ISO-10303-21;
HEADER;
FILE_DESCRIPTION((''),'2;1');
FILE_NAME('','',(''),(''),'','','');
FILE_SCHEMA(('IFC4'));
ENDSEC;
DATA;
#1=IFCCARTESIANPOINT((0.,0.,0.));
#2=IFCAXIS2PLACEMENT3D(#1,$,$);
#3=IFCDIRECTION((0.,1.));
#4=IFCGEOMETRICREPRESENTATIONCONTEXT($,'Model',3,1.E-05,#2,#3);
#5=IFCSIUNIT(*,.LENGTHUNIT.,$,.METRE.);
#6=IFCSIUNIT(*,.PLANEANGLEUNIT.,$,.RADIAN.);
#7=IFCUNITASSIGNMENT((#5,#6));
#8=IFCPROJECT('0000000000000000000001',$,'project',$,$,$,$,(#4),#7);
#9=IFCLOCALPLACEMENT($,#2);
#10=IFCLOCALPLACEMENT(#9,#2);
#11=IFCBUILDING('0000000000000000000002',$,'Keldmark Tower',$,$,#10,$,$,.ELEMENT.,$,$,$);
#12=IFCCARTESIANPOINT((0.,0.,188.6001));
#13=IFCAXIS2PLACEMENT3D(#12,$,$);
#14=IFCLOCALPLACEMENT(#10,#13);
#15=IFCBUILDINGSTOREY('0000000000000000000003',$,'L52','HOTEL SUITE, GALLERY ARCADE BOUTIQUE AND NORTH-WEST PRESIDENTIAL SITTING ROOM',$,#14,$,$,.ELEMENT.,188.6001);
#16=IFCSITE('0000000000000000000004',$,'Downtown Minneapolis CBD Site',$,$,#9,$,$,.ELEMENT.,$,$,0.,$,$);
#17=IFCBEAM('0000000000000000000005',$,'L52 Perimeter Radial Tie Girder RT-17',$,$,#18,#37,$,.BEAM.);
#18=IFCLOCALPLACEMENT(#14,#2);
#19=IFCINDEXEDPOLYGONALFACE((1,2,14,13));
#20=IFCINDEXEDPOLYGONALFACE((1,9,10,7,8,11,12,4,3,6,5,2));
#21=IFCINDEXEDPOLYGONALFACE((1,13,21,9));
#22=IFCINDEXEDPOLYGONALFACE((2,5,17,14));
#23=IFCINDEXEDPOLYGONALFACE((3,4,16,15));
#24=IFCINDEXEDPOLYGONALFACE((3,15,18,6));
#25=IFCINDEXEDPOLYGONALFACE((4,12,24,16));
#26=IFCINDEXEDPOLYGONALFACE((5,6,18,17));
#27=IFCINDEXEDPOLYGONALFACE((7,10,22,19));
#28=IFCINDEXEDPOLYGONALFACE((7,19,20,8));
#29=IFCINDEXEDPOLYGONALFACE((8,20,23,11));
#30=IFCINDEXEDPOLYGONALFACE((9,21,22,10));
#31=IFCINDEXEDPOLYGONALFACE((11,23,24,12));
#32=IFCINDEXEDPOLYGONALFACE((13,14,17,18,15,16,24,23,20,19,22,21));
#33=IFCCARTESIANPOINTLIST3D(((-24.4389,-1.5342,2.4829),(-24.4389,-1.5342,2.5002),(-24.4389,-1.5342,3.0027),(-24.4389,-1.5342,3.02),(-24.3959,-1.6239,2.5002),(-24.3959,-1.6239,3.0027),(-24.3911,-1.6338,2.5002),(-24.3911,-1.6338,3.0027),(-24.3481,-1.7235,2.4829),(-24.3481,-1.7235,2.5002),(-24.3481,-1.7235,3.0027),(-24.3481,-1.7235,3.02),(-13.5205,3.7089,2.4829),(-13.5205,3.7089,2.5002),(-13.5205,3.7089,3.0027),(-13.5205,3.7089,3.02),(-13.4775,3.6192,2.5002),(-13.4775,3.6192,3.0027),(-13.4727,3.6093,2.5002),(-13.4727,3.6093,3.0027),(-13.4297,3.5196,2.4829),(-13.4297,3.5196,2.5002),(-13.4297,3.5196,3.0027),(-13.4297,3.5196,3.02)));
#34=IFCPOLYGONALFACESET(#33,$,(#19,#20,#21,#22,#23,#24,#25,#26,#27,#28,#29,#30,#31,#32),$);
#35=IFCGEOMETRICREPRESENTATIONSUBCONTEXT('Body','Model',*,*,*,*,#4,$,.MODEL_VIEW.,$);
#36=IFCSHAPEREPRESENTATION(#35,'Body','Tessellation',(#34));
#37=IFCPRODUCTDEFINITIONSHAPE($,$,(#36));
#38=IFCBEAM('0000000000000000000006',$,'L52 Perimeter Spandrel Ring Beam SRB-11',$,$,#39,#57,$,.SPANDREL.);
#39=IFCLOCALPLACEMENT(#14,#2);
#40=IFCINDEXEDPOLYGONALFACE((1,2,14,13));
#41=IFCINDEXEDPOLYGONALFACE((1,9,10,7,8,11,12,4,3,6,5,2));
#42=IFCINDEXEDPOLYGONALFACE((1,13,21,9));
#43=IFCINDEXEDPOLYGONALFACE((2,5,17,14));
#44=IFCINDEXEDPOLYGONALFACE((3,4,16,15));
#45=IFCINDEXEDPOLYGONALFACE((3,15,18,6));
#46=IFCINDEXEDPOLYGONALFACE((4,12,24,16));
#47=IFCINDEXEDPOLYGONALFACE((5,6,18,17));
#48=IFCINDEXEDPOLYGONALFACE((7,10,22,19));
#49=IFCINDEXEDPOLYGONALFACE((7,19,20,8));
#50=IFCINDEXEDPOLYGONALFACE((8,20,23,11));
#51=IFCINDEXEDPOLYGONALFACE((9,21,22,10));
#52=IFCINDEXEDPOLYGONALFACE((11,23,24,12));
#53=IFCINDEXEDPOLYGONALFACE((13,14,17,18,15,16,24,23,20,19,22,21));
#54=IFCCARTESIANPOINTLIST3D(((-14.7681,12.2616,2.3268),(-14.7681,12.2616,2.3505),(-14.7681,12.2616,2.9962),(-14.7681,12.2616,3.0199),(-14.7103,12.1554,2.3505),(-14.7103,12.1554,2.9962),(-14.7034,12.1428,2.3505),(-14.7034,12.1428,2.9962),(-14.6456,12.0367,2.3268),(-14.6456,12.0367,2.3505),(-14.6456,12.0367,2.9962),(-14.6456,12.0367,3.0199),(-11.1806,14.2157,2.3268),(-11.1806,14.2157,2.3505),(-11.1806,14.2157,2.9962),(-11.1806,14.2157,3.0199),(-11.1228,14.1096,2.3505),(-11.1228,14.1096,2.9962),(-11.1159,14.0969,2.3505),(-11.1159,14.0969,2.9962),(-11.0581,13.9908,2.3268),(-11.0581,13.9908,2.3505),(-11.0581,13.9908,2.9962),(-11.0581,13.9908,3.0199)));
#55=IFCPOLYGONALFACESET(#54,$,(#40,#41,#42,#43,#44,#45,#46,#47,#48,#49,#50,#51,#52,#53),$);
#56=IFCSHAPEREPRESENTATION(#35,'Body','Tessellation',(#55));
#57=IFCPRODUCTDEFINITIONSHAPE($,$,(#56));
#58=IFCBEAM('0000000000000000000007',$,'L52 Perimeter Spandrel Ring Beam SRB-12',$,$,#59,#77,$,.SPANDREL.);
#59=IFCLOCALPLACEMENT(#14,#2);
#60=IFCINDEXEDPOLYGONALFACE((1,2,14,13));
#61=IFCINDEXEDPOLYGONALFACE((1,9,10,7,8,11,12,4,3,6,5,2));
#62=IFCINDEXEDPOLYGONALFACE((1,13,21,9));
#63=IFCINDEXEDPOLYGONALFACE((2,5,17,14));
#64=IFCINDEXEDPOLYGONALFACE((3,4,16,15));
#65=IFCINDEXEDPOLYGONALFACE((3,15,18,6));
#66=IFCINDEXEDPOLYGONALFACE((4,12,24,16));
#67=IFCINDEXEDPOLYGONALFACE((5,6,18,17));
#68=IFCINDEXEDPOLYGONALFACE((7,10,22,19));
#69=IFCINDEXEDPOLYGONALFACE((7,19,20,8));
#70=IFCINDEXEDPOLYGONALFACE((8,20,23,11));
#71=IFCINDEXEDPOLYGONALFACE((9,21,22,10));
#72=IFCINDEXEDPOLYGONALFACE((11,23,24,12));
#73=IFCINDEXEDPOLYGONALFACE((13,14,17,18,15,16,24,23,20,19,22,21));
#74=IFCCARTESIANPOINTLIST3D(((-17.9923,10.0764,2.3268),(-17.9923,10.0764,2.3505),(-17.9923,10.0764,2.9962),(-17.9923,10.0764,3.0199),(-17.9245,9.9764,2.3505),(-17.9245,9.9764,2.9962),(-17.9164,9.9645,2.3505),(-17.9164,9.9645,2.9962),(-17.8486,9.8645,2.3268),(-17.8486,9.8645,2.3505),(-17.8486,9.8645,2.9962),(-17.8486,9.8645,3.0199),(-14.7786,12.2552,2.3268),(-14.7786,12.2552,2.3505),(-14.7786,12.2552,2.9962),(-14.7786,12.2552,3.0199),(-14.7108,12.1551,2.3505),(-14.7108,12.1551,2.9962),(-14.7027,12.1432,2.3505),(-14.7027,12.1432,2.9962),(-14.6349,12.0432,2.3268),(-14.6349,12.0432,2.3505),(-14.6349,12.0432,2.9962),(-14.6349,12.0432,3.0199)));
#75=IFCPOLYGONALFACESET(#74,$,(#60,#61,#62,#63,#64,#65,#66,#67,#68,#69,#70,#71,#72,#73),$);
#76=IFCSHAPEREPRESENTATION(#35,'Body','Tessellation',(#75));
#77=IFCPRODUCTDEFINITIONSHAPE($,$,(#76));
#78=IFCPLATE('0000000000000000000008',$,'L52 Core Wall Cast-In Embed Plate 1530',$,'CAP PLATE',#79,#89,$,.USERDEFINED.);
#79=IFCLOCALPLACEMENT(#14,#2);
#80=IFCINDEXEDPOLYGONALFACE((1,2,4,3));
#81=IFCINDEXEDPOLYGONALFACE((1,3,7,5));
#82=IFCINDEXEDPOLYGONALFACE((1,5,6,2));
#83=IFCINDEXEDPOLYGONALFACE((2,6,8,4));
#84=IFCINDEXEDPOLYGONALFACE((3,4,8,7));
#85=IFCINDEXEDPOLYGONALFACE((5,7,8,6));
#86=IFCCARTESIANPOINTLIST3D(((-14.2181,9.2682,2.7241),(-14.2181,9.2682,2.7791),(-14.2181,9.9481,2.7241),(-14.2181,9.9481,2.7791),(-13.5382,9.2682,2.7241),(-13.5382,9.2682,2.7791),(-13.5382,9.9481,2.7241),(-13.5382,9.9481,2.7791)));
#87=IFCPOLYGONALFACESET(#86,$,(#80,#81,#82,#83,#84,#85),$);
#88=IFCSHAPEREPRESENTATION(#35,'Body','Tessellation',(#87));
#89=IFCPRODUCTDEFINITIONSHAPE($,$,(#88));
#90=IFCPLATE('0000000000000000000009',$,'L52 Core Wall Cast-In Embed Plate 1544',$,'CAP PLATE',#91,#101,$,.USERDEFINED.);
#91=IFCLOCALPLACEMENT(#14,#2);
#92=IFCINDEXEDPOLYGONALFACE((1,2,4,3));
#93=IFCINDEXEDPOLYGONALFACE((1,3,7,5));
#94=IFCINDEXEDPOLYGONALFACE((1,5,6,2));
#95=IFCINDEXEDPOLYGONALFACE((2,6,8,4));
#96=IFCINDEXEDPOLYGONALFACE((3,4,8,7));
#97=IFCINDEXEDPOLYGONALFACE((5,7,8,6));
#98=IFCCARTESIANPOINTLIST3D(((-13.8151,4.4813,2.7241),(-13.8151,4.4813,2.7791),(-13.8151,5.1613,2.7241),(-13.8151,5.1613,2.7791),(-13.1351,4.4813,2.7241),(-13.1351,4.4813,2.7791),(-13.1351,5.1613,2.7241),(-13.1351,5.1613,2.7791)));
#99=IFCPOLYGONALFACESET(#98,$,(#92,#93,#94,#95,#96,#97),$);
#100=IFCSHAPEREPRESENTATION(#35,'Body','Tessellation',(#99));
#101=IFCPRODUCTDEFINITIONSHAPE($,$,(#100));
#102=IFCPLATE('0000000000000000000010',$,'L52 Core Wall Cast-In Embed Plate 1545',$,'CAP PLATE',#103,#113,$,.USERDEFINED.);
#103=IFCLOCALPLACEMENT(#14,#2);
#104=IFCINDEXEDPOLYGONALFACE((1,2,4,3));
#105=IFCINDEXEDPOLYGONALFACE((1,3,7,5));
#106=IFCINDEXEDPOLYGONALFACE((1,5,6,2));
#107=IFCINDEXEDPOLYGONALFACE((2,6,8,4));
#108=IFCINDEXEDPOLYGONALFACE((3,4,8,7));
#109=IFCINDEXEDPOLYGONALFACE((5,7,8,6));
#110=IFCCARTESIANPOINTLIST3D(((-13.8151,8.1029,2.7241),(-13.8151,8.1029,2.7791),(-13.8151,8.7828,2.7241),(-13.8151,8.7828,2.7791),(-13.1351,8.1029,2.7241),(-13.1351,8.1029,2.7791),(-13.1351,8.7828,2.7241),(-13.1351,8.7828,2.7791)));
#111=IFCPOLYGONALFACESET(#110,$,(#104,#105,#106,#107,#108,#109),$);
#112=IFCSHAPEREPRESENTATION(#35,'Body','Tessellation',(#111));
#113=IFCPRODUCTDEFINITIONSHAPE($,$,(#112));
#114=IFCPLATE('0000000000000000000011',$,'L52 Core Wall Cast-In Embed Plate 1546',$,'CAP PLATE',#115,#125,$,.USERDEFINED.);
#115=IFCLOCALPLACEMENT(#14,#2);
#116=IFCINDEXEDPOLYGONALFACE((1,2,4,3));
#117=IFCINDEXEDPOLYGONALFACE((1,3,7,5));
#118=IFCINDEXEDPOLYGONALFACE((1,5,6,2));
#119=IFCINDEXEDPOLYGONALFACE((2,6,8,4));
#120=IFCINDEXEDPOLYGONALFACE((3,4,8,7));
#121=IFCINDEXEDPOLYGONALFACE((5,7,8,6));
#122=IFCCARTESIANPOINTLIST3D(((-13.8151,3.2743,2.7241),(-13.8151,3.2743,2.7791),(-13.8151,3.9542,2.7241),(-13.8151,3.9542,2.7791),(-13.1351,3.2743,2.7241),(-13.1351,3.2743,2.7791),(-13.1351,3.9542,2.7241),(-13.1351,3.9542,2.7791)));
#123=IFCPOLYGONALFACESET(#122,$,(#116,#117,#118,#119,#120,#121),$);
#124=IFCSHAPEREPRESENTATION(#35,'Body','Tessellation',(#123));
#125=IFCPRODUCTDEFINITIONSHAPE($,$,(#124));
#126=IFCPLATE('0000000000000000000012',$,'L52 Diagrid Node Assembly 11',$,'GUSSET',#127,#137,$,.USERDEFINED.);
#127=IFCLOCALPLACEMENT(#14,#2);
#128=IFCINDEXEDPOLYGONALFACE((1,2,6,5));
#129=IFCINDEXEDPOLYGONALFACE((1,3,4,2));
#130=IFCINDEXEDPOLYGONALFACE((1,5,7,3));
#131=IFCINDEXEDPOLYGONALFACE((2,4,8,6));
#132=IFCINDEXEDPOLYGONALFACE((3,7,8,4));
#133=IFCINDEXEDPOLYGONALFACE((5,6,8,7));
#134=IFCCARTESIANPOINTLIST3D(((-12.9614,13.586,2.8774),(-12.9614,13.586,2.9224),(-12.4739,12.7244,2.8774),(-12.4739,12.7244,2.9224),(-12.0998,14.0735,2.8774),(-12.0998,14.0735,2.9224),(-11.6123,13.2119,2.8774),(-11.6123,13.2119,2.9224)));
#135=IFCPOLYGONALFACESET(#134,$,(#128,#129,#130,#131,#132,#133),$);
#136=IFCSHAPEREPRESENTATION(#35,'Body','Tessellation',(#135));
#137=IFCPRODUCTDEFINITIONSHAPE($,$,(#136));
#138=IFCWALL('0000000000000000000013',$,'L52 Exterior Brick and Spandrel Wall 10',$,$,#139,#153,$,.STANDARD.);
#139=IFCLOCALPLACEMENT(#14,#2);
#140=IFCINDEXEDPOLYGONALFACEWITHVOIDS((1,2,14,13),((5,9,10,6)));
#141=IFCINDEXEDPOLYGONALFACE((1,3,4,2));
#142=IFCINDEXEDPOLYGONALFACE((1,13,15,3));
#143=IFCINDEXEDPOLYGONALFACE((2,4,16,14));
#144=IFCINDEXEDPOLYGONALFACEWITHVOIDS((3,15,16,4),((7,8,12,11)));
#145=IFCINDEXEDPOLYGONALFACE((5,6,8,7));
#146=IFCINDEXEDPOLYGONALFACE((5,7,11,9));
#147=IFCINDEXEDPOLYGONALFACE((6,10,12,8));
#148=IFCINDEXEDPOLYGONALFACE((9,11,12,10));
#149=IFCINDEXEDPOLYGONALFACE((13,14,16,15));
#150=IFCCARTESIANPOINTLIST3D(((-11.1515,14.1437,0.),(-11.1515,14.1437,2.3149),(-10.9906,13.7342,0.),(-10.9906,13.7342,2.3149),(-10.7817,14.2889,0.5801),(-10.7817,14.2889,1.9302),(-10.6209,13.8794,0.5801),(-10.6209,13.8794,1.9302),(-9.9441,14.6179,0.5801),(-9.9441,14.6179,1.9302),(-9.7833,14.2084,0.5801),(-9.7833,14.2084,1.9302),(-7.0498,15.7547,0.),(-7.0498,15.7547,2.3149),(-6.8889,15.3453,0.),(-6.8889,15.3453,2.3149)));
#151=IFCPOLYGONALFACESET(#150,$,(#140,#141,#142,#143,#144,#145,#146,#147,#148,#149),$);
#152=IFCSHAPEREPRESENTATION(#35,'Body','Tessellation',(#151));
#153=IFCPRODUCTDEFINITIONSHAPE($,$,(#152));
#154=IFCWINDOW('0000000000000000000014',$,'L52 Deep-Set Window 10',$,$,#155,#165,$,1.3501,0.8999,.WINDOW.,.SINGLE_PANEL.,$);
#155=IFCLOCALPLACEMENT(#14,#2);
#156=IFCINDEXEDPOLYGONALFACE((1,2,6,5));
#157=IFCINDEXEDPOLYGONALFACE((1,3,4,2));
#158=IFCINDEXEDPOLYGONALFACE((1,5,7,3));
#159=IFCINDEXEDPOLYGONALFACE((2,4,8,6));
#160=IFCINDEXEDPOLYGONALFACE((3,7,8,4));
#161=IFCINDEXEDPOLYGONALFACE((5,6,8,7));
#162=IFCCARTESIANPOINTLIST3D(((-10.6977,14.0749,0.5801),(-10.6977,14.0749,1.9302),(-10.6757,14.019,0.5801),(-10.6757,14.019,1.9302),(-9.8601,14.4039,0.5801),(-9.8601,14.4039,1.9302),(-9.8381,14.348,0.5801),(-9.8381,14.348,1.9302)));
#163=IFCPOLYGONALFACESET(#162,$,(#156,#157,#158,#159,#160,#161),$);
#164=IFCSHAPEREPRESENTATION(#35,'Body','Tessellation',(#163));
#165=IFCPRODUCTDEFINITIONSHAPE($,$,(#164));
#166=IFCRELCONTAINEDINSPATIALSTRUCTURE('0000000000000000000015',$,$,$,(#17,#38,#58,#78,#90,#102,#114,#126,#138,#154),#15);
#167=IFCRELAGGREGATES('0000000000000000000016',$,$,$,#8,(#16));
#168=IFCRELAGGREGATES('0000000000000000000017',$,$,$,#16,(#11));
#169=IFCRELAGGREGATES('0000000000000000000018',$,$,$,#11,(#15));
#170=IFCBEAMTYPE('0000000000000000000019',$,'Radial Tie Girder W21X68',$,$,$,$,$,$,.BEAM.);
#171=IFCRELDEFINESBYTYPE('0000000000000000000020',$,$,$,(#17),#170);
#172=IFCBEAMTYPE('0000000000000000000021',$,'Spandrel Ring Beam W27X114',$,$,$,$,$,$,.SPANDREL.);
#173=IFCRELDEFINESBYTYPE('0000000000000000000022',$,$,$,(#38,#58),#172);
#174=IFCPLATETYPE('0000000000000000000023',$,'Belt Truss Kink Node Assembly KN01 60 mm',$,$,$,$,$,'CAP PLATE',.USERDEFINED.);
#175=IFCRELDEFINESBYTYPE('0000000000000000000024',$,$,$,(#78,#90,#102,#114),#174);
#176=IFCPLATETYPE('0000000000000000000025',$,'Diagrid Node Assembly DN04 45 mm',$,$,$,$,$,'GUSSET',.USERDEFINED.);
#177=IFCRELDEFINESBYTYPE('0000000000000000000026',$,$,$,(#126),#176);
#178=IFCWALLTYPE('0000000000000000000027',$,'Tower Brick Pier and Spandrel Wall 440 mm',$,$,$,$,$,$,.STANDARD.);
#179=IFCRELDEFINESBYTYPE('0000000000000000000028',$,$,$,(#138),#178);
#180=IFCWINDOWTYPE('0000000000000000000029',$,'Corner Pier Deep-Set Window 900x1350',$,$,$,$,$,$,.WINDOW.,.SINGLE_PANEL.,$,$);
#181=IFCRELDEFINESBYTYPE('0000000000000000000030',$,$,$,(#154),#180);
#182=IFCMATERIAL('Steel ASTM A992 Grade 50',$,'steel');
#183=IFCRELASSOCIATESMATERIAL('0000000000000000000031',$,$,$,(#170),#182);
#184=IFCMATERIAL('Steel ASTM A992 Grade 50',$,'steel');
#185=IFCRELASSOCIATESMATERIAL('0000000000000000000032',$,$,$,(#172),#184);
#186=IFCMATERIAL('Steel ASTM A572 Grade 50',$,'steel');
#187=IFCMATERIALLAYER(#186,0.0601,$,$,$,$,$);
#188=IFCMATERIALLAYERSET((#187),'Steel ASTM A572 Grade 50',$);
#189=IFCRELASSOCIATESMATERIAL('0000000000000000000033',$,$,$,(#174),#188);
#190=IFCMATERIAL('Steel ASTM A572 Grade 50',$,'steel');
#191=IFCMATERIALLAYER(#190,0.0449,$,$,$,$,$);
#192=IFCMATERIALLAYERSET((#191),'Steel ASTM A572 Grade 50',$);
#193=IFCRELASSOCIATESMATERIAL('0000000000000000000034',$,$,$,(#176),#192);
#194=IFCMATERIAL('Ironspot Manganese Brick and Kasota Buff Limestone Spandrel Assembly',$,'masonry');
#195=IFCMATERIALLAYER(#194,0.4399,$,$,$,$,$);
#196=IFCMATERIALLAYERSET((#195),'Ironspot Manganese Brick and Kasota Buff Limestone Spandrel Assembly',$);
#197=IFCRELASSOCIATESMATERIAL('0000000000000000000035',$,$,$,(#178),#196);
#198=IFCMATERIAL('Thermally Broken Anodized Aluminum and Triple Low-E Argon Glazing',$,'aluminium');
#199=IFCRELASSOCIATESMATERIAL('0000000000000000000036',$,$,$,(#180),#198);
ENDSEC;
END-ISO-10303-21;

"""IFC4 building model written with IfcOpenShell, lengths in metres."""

from ifc_helpers import new_model, si_unit, direction, frame, frame_2d, origin, origin_2d, place, context, subcontext, project, spatial, rectangle, i_section, extrude, material, layer, layer_set, material_profile, profile_set, type_object, element, fill, save


model = new_model("IFC4")

# Units and contexts
model_context = context("Model", 3, precision=1e-05, world=origin(), true_north=direction((0.0, 1.0)))
body_context = subcontext(model_context, "Body", "Model", "MODEL_VIEW")
ifc_project = project(units=[si_unit("LENGTHUNIT", "METRE"), si_unit("PLANEANGLEUNIT", "RADIAN")], contexts=[model_context])

# Site, building, storey
site_placement = place(None, origin())
site = spatial("IfcSite", under=ifc_project, at=site_placement, Name="Downtown Minneapolis CBD Site", CompositionType="ELEMENT", RefElevation=0.0)
building_placement = place(site_placement, origin())
building = spatial("IfcBuilding", under=site, at=building_placement, Name="Keldmark Tower", CompositionType="ELEMENT")
storey_placement = place(building_placement, frame((0.0, 0.0, 188.6001)))
storey = spatial("IfcBuildingStorey", under=building, at=storey_placement, Name="L52", Description="HOTEL SUITE, GALLERY ARCADE BOUTIQUE AND NORTH-WEST PRESIDENTIAL SITTING ROOM", CompositionType="ELEMENT", Elevation=188.6001)

# Beams
ifc_material_1 = material(Name="Steel ASTM A992 Grade 50", Category="steel")
ifc_material_profile_1 = material_profile(ifc_material_1, i_section(OverallWidth=0.21, OverallDepth=0.5371, WebThickness=0.011, FlangeThickness=0.0173, at=origin_2d()), Name="W21X68")
ifc_profile_set_1 = profile_set([ifc_material_profile_1], Name="Steel ASTM A992 Grade 50")
beam_type_1 = type_object("IfcBeamType", Name="Radial Tie Girder W21X68", PredefinedType="BEAM", material=ifc_profile_set_1)
beam_1_placement = place(storey_placement, frame((-13.4751, 3.6143, 2.7515), z_axis=(-0.901449, -0.432886, 0.0), x_axis=(0.432886, -0.901449, 0.0)))
element("IfcBeam", 1, at=beam_1_placement, inside=storey, type_object=beam_type_1, Name="L52 Perimeter Radial Tie Girder RT-17", PredefinedType="BEAM", context=body_context, shape_type="SweptSolid", body=[
    extrude(i_section(OverallWidth=0.21, OverallDepth=0.5371, WebThickness=0.011, FlangeThickness=0.0173, at=origin_2d()), origin(), (0.0, 0.0, 1.0), 12.1121),
])
ifc_material_2 = material(Name="Steel ASTM A992 Grade 50", Category="steel")
ifc_material_profile_2 = material_profile(ifc_material_2, i_section(OverallWidth=0.2561, OverallDepth=0.6931, WebThickness=0.0144, FlangeThickness=0.0237, at=origin_2d()), Name="W27X114")
ifc_profile_set_2 = profile_set([ifc_material_profile_2], Name="Steel ASTM A992 Grade 50")
beam_type_2 = type_object("IfcBeamType", Name="Spandrel Ring Beam W27X114", PredefinedType="SPANDREL", material=ifc_profile_set_2)
beam_2_placement = place(storey_placement, frame((-11.1194, 14.1033, 2.6733), z_axis=(-0.87817, -0.47835, 0.0), x_axis=(0.47835, -0.87817, 0.0)))
element("IfcBeam", 2, at=beam_2_placement, inside=storey, type_object=beam_type_2, Name="L52 Perimeter Spandrel Ring Beam SRB-11", PredefinedType="SPANDREL", context=body_context, shape_type="SweptSolid", body=[
    extrude(i_section(OverallWidth=0.2561, OverallDepth=0.6931, WebThickness=0.0144, FlangeThickness=0.0237, at=origin_2d()), origin(), (0.0, 0.0, 1.0), 4.0852),
])
beam_3_placement = place(storey_placement, frame((-14.7068, 12.1492, 2.6733), z_axis=(-0.82771, -0.561155, 0.0), x_axis=(0.561155, -0.82771, 0.0)))
element("IfcBeam", 3, at=beam_3_placement, inside=storey, type_object=beam_type_2, Name="L52 Perimeter Spandrel Ring Beam SRB-12", PredefinedType="SPANDREL", context=body_context, shape_type="SweptSolid", body=[
    extrude(i_section(OverallWidth=0.2561, OverallDepth=0.6931, WebThickness=0.0144, FlangeThickness=0.0237, at=origin_2d()), origin(), (0.0, 0.0, 1.0), 3.8826),
])

# Plates
ifc_material_3 = material(Name="Steel ASTM A572 Grade 50", Category="steel")
ifc_layer_1 = layer(ifc_material_3, 0.0601)
ifc_layer_set_1 = layer_set([ifc_layer_1], Name="Steel ASTM A572 Grade 50")
plate_type_1 = type_object("IfcPlateType", Name="Belt Truss Kink Node Assembly KN01 60 mm", ElementType="CAP PLATE", PredefinedType="USERDEFINED", material=ifc_layer_set_1)
for number, where, z_axis, x_axis, name in (
    (4, (-13.8782, 9.6082, 2.7241), (0.0, 0.0, 1.0), (1.0, 0.0, 0.0), "L52 Core Wall Cast-In Embed Plate 1530"),
    (5, (-13.4751, 4.8213, 2.7241), (0.0, 0.0, 1.0), (1.0, 0.0, 0.0), "L52 Core Wall Cast-In Embed Plate 1544"),
    (6, (-13.4751, 8.4429, 2.7241), (0.0, 0.0, 1.0), (1.0, 0.0, 0.0), "L52 Core Wall Cast-In Embed Plate 1545"),
    (7, (-13.4751, 3.6143, 2.7241), (0.0, 0.0, 1.0), (1.0, 0.0, 0.0), "L52 Core Wall Cast-In Embed Plate 1546"),
):
    element("IfcPlate", number, at=place(storey_placement, frame(where, z_axis=z_axis, x_axis=x_axis)), inside=storey, type_object=plate_type_1, Name=name, ObjectType="CAP PLATE", PredefinedType="USERDEFINED", context=body_context, shape_type="SweptSolid", body=[
        extrude(rectangle(XDim=0.6799, YDim=0.6799, at=origin_2d()), origin(), (0.0, 0.0, 1.0), 0.0549),
    ])
ifc_material_4 = material(Name="Steel ASTM A572 Grade 50", Category="steel")
ifc_layer_2 = layer(ifc_material_4, 0.0449)
ifc_layer_set_2 = layer_set([ifc_layer_2], Name="Steel ASTM A572 Grade 50")
plate_type_2 = type_object("IfcPlateType", Name="Diagrid Node Assembly DN04 45 mm", ElementType="GUSSET", PredefinedType="USERDEFINED", material=ifc_layer_set_2)
plate_placement = place(storey_placement, frame((-12.2869, 13.3989, 2.8774), z_axis=(0.0, 0.0, 1.0), x_axis=(-0.870356, -0.492424, 0.0)))
element("IfcPlate", 8, at=plate_placement, inside=storey, type_object=plate_type_2, Name="L52 Diagrid Node Assembly 11", ObjectType="GUSSET", PredefinedType="USERDEFINED", context=body_context, shape_type="SweptSolid", body=[
    extrude(rectangle(XDim=0.99, YDim=0.99, at=origin_2d()), origin(), (0.0, 0.0, 1.0), 0.0449),
])

# Wall, opening, window
ifc_material_5 = material(Name="Ironspot Manganese Brick and Kasota Buff Limestone Spandrel Assembly", Category="masonry")
ifc_layer_3 = layer(ifc_material_5, 0.4399)
ifc_layer_set_3 = layer_set([ifc_layer_3], Name="Ironspot Manganese Brick and Kasota Buff Limestone Spandrel Assembly")
wall_type_1 = type_object("IfcWallType", Name="Tower Brick Pier and Spandrel Wall 440 mm", PredefinedType="STANDARD", material=ifc_layer_set_3)
wall_1_placement = place(storey_placement, frame((-11.071, 13.939, 0.0), z_axis=(0.0, 0.0, 1.0), x_axis=(0.930778, 0.365586, 0.0)))
wall_1 = element("IfcWall", 9, at=wall_1_placement, inside=storey, type_object=wall_type_1, Name="L52 Exterior Brick and Spandrel Wall 10", PredefinedType="STANDARD", context=body_context, shape_type="SweptSolid", body=[
    extrude(rectangle(XDim=4.4067, YDim=0.4399, at=frame_2d((2.2034, 0.0))), origin(), (0.0, 0.0, 1.0), 2.3149),
])
opening_1_placement = place(wall_1_placement, frame((0.3972, 0.0, 0.5801)))
opening_1 = element("IfcOpeningElement", 10, at=opening_1_placement, cuts=wall_1, PredefinedType="OPENING", context=body_context, shape_type="SweptSolid", body=[
    extrude(rectangle(XDim=0.8999, YDim=1.3501, at=frame_2d((0.45, 0.675))), frame((0.0, 0.23, 0.0), z_axis=(0.0, -1.0, 0.0), x_axis=(1.0, 0.0, 0.0)), (0.0, 0.0, 1.0), 0.46),
])
ifc_material_6 = material(Name="Thermally Broken Anodized Aluminum and Triple Low-E Argon Glazing", Category="aluminium")
window_type = type_object("IfcWindowType", Name="Corner Pier Deep-Set Window 900x1350", PartitioningType="SINGLE_PANEL", PredefinedType="WINDOW", material=ifc_material_6)
window_1_placement = place(opening_1_placement, origin())
window_1 = element("IfcWindow", 11, at=window_1_placement, inside=storey, type_object=window_type, Name="L52 Deep-Set Window 10", OverallHeight=1.3501, OverallWidth=0.8999, PartitioningType="SINGLE_PANEL", PredefinedType="WINDOW", context=body_context, shape_type="SweptSolid", body=[
    extrude(rectangle(XDim=0.8999, YDim=1.3501, at=frame_2d((0.45, 0.675))), frame((0.0, -0.01, 0.0), z_axis=(0.0, -1.0, 0.0), x_axis=(1.0, 0.0, 0.0)), (0.0, 0.0, 1.0), 0.0601),
])
fill(opening_1, window_1)

save(model, "model.ifc")
